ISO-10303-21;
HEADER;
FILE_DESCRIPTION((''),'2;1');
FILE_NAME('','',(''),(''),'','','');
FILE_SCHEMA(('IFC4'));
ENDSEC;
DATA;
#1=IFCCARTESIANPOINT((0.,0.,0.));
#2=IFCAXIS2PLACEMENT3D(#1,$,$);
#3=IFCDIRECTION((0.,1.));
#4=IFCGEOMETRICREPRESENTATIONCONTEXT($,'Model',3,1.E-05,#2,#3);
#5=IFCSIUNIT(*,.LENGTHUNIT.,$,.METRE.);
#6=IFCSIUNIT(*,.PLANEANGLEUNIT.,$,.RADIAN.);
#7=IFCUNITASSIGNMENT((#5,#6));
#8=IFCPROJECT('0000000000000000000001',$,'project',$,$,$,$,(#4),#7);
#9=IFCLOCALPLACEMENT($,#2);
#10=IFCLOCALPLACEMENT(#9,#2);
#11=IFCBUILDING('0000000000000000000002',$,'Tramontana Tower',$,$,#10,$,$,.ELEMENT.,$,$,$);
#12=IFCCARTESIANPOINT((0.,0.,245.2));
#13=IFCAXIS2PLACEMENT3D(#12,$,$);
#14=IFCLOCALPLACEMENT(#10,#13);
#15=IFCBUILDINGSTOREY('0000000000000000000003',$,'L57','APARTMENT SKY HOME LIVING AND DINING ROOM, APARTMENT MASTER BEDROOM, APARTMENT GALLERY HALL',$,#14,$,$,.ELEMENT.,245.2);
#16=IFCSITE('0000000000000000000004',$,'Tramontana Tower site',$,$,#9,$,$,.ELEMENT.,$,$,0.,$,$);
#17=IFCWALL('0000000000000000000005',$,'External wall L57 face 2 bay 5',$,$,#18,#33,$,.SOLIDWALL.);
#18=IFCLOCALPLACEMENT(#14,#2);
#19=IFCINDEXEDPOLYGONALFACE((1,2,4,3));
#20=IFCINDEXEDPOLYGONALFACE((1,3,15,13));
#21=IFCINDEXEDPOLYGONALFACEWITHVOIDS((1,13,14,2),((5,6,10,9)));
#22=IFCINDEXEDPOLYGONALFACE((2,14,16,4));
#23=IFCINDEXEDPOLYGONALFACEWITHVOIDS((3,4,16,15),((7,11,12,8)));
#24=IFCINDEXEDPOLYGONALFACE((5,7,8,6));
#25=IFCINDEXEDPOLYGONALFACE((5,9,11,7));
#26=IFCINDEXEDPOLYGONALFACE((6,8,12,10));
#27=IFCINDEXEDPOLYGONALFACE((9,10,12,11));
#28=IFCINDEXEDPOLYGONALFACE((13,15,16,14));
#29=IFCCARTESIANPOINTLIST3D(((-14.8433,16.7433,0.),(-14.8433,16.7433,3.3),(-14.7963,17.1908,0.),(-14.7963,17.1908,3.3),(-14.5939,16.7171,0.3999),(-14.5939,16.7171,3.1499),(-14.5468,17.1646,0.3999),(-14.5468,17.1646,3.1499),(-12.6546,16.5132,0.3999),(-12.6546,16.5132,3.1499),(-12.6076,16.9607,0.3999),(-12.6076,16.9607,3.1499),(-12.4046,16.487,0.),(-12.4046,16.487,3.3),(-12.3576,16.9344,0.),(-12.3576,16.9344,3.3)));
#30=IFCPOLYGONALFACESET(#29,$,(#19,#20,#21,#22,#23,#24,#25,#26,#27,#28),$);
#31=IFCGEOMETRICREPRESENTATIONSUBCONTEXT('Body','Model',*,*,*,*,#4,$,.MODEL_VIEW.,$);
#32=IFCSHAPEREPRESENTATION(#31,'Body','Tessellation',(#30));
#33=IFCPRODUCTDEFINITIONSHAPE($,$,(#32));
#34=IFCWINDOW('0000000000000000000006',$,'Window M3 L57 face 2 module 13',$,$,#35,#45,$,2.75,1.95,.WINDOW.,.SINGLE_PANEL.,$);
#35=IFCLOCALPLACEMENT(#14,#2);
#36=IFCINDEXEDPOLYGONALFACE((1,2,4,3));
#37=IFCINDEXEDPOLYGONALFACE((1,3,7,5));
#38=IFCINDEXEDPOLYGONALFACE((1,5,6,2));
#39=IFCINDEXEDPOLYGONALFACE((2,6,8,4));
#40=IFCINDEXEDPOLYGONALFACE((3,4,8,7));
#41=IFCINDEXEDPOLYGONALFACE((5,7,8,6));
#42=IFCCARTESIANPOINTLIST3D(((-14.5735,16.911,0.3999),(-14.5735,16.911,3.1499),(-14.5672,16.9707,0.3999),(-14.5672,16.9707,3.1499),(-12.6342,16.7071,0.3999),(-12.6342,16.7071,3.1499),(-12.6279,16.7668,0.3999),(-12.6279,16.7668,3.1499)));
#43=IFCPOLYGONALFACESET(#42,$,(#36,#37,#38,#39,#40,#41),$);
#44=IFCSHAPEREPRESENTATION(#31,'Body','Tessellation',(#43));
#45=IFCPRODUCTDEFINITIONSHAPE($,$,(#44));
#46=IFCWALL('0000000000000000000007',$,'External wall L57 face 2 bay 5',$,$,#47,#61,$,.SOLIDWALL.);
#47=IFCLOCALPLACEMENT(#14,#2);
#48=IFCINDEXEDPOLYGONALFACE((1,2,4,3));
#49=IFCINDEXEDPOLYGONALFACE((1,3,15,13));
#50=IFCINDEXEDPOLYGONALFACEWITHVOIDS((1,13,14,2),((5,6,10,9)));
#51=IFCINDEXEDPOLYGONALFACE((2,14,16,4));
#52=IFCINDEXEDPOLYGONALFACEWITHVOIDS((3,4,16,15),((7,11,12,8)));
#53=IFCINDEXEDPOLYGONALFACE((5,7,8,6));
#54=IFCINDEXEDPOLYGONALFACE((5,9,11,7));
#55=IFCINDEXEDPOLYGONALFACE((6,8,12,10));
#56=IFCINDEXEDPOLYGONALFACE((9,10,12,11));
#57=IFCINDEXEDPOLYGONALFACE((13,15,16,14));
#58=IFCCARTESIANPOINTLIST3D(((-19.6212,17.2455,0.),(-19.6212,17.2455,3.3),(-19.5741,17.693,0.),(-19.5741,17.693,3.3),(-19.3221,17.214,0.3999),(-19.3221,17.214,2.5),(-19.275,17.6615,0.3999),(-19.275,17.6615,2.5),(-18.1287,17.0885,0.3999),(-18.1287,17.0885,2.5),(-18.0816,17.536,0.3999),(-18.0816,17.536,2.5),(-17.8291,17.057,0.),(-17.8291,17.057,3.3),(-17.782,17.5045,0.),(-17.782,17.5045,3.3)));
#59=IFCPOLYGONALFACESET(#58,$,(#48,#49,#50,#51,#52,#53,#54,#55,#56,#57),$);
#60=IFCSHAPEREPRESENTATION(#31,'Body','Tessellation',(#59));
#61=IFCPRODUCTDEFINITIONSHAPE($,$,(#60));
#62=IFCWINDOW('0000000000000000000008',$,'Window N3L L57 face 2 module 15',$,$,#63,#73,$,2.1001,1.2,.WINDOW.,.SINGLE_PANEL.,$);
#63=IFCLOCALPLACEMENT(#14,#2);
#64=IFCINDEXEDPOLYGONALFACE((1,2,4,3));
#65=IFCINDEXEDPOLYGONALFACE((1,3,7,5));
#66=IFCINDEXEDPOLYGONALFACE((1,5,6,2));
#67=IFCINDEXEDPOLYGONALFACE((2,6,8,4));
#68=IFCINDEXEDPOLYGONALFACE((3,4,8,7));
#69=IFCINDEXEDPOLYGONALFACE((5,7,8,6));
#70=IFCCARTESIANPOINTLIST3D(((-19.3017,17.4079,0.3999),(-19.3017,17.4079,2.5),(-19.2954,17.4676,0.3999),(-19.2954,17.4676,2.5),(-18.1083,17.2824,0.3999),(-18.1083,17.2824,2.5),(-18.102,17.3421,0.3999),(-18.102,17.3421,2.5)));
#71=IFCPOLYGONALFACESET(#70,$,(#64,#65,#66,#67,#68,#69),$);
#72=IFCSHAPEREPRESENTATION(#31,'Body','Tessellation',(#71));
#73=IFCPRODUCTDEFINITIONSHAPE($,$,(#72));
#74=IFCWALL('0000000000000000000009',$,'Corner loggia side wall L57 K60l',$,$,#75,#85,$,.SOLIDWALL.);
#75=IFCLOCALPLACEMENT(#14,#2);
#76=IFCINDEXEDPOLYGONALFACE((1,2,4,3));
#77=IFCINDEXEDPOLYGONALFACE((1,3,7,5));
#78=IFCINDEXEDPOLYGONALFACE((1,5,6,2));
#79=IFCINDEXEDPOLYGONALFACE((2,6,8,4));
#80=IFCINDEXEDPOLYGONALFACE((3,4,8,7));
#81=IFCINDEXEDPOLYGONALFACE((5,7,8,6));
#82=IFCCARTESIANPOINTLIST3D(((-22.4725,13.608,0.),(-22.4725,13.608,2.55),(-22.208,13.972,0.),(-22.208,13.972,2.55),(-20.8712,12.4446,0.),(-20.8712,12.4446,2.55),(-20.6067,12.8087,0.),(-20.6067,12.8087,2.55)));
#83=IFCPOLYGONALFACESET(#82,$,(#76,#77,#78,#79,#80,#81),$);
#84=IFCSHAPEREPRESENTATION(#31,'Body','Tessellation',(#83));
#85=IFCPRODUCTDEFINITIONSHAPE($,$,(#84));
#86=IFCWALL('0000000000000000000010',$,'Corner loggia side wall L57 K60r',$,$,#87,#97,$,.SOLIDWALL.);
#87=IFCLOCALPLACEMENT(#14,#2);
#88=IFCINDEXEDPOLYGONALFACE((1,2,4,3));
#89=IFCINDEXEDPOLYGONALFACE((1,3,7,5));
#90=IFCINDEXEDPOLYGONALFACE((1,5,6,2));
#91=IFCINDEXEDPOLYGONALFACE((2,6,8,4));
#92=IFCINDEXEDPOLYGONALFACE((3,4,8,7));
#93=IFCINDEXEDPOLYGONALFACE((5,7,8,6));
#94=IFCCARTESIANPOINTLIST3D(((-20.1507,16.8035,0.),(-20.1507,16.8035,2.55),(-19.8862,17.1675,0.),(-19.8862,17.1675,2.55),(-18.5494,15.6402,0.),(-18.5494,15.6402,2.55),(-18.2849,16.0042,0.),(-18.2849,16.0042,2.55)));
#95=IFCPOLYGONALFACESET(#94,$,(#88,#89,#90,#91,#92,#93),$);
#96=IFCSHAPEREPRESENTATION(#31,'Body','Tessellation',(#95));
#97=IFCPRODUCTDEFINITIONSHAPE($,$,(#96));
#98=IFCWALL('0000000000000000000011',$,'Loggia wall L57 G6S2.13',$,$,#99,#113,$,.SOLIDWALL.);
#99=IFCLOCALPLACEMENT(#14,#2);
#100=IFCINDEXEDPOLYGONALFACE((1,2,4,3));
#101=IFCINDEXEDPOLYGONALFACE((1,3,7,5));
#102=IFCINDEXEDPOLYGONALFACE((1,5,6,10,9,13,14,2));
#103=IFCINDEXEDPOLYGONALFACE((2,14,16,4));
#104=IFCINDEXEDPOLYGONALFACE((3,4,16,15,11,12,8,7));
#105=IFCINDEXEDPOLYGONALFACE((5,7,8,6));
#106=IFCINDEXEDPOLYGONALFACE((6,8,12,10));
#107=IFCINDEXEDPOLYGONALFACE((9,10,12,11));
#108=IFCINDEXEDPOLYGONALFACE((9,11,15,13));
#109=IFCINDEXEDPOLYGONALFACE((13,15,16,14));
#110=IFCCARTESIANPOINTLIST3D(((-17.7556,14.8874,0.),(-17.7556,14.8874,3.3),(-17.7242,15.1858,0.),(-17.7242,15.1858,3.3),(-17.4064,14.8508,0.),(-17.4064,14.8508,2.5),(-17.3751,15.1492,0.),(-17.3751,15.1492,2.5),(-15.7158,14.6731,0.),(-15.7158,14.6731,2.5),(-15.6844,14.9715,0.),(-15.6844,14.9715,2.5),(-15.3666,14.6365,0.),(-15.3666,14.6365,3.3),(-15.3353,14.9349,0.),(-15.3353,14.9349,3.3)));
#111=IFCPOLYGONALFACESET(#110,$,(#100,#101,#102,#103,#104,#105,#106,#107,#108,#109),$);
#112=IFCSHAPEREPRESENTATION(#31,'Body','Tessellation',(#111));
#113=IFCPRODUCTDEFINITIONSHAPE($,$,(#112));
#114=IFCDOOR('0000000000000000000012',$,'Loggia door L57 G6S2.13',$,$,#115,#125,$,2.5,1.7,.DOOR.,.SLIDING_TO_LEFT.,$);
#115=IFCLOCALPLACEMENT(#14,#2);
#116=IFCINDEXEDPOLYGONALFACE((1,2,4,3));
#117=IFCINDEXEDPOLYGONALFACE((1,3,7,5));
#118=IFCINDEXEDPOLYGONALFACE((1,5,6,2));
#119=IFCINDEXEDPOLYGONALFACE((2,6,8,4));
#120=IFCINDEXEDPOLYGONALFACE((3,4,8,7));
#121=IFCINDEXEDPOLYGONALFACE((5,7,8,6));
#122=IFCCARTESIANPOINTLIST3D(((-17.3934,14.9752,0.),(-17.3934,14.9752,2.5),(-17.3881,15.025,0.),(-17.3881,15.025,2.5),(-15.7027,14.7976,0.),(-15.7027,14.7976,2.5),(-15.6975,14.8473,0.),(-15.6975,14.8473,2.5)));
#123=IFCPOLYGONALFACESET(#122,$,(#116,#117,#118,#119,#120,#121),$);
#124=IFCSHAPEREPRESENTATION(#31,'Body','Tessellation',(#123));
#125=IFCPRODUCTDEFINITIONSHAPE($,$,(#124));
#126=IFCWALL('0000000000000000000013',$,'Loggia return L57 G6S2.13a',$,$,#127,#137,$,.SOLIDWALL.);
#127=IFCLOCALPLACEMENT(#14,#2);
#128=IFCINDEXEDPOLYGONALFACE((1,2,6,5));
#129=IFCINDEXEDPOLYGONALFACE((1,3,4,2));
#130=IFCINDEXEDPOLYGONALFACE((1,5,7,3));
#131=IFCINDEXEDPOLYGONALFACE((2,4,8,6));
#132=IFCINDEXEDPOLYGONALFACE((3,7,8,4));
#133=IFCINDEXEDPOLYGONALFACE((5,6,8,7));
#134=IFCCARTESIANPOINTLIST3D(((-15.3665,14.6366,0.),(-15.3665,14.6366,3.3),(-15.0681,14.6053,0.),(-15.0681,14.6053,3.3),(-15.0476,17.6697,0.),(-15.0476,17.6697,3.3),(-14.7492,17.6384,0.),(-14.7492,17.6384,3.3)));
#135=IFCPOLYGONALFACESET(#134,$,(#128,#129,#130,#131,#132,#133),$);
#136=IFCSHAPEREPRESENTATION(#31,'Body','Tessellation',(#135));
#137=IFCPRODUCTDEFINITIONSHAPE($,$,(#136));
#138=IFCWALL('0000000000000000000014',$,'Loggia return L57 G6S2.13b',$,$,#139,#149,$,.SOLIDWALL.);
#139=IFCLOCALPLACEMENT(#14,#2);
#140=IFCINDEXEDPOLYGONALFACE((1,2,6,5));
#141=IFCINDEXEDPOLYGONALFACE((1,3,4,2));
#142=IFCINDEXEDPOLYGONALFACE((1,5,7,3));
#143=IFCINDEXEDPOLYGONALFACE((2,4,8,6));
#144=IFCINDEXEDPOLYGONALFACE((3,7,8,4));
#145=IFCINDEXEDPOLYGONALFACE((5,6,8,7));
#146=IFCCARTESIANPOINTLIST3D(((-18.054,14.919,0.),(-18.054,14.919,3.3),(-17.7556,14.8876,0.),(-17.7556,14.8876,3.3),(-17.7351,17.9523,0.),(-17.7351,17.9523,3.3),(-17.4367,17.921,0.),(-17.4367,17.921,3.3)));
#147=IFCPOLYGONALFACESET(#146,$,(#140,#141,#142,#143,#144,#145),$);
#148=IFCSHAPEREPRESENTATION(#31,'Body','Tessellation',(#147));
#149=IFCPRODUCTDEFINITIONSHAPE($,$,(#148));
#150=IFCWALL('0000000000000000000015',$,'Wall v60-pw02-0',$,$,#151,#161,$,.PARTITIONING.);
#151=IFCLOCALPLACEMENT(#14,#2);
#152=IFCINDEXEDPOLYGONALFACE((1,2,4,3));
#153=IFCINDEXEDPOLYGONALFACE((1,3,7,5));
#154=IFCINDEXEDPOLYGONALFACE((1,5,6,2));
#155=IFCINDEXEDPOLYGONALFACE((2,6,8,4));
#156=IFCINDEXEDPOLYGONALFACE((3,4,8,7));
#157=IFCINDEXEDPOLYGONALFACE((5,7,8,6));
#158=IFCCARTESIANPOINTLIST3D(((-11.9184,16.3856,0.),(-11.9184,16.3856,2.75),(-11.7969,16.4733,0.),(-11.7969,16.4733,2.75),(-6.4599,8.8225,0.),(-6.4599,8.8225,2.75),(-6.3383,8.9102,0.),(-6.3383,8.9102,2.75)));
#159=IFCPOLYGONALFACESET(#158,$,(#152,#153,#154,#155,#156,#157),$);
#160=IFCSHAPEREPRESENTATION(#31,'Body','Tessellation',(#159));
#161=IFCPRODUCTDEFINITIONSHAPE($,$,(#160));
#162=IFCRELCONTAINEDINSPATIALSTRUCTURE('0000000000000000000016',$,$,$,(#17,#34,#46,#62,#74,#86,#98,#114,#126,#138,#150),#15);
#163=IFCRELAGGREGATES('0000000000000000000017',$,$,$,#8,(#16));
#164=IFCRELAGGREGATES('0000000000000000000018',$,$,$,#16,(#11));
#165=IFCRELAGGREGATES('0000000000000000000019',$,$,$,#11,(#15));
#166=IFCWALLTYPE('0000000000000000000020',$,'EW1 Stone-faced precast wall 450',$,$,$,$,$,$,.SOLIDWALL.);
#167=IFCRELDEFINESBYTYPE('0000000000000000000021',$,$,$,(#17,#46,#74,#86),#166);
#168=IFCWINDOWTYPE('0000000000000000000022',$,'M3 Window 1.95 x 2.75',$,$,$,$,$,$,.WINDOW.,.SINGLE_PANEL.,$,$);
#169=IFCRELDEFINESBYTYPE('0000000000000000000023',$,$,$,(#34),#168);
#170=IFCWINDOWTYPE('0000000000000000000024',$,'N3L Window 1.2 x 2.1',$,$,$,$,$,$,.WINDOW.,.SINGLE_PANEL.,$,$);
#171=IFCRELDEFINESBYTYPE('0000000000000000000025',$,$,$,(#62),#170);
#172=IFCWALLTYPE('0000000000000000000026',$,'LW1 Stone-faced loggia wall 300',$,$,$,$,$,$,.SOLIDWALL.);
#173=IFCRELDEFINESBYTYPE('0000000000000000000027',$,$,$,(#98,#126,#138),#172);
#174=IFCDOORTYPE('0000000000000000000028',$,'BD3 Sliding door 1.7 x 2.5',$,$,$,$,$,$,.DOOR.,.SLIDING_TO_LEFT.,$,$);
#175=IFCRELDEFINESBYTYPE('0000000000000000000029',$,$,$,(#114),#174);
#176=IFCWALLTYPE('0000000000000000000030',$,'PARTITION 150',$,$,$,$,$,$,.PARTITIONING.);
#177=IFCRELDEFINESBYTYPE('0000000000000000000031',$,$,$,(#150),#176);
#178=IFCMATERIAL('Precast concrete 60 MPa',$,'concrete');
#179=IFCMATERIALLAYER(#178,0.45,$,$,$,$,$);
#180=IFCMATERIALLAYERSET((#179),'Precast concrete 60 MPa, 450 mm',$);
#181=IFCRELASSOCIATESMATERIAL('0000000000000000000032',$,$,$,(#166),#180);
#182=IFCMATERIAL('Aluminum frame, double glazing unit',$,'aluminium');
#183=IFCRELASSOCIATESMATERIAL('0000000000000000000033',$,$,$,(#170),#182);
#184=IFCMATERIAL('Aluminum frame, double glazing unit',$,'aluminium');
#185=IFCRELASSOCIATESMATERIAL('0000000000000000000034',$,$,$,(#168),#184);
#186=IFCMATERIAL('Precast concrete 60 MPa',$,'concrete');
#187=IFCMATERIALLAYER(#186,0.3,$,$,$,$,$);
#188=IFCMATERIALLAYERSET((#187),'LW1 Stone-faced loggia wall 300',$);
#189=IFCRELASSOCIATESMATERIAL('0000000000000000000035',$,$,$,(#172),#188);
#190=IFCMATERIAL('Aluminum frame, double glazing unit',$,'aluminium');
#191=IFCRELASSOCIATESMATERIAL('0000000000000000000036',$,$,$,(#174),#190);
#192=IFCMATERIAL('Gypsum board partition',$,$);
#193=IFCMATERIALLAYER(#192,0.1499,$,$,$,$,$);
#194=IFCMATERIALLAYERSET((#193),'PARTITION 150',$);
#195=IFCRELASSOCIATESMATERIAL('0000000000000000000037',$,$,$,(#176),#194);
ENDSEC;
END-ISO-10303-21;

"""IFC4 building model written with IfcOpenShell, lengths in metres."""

from ifc_helpers import new_model, si_unit, direction, frame, frame_2d, origin, place, context, subcontext, project, spatial, rectangle, extrude, material, layer, layer_set, type_object, element, fill, save


model = new_model("IFC4")

# Units and contexts
model_context = context("Model", 3, precision=1e-05, world=origin(), true_north=direction((0.0, 1.0)))
body_context = subcontext(model_context, "Body", "Model", "MODEL_VIEW")
ifc_project = project(units=[si_unit("LENGTHUNIT", "METRE"), si_unit("PLANEANGLEUNIT", "RADIAN")], contexts=[model_context])

# Site, building, storey
site_placement = place(None, origin())
site = spatial("IfcSite", under=ifc_project, at=site_placement, Name="Tramontana Tower site", CompositionType="ELEMENT", RefElevation=0.0)
building_placement = place(site_placement, origin())
building = spatial("IfcBuilding", under=site, at=building_placement, Name="Tramontana Tower", CompositionType="ELEMENT")
storey_placement = place(building_placement, frame((0.0, 0.0, 245.2)))
storey = spatial("IfcBuildingStorey", under=building, at=storey_placement, Name="L57", Description="APARTMENT SKY HOME LIVING AND DINING ROOM, APARTMENT MASTER BEDROOM, APARTMENT GALLERY HALL", CompositionType="ELEMENT", Elevation=245.2)

# Walls, openings, windows
ifc_material_1 = material(Name="Precast concrete 60 MPa", Category="concrete")
ifc_layer_1 = layer(ifc_material_1, 0.45)
ifc_layer_set_1 = layer_set([ifc_layer_1], Name="Precast concrete 60 MPa, 450 mm")
wall_type_1 = type_object("IfcWallType", Name="EW1 Stone-faced precast wall 450", PredefinedType="SOLIDWALL", material=ifc_layer_set_1)
ifc_material_2 = material(Name="Aluminum frame, double glazing unit", Category="aluminium")
window_type_1 = type_object("IfcWindowType", Name="N3L Window 1.2 x 2.1", PartitioningType="SINGLE_PANEL", PredefinedType="WINDOW", material=ifc_material_2)
wall_1_placement = place(storey_placement, frame((-12.3811, 16.7107, 0.0), z_axis=(0.0, 0.0, 1.0), x_axis=(-0.994521, 0.10454, 0.0)))
wall_1 = element("IfcWall", 1, at=wall_1_placement, inside=storey, type_object=wall_type_1, Name="External wall L57 face 2 bay 5", PredefinedType="SOLIDWALL", context=body_context, shape_type="SweptSolid", body=[
    extrude(rectangle(XDim=2.4521, YDim=0.45, at=frame_2d((1.2261, 0.0))), origin(), (0.0, 0.0, 1.0), 3.3),
])
opening_1_placement = place(wall_1_placement, frame((0.2512, 0.0, 0.3999)))
opening_1 = element("IfcOpeningElement", 2, at=opening_1_placement, cuts=wall_1, PredefinedType="OPENING", context=body_context, shape_type="SweptSolid", body=[
    extrude(rectangle(XDim=1.95, YDim=2.75, at=frame_2d((0.9751, 1.375))), frame((0.0, 0.2349, 0.0), z_axis=(0.0, -1.0, 0.0), x_axis=(1.0, 0.0, 0.0)), (0.0, 0.0, 1.0), 0.47),
])
ifc_material_3 = material(Name="Aluminum frame, double glazing unit", Category="aluminium")
window_type_2 = type_object("IfcWindowType", Name="M3 Window 1.95 x 2.75", PartitioningType="SINGLE_PANEL", PredefinedType="WINDOW", material=ifc_material_3)
window_1_placement = place(opening_1_placement, origin())
window_1 = element("IfcWindow", 3, at=window_1_placement, inside=storey, type_object=window_type_2, Name="Window M3 L57 face 2 module 13", OverallHeight=2.75, OverallWidth=1.95, PartitioningType="SINGLE_PANEL", PredefinedType="WINDOW", context=body_context, shape_type="SweptSolid", body=[
    extrude(rectangle(XDim=1.95, YDim=2.75, at=frame_2d((0.9751, 1.375))), frame((0.0, 0.03, 0.0), z_axis=(0.0, -1.0, 0.0), x_axis=(1.0, 0.0, 0.0)), (0.0, 0.0, 1.0), 0.0601),
])
fill(opening_1, window_1)
wall_2_placement = place(storey_placement, frame((-17.8057, 17.2808, 0.0), z_axis=(0.0, 0.0, 1.0), x_axis=(-0.994516, 0.104586, 0.0)))
wall_2 = element("IfcWall", 4, at=wall_2_placement, inside=storey, type_object=wall_type_1, Name="External wall L57 face 2 bay 5", PredefinedType="SOLIDWALL", context=body_context, shape_type="SweptSolid", body=[
    extrude(rectangle(XDim=1.802, YDim=0.45, at=frame_2d((0.9009, 0.0))), origin(), (0.0, 0.0, 1.0), 3.3),
])
opening_2_placement = place(wall_2_placement, frame((0.301, 0.0, 0.3999)))
opening_2 = element("IfcOpeningElement", 5, at=opening_2_placement, cuts=wall_2, PredefinedType="OPENING", context=body_context, shape_type="SweptSolid", body=[
    extrude(rectangle(XDim=1.2, YDim=2.1001, at=frame_2d((0.6001, 1.05))), frame((0.0, 0.2349, 0.0), z_axis=(0.0, -1.0, 0.0), x_axis=(1.0, 0.0, 0.0)), (0.0, 0.0, 1.0), 0.47),
])
window_2_placement = place(opening_2_placement, origin())
window_2 = element("IfcWindow", 6, at=window_2_placement, inside=storey, type_object=window_type_1, Name="Window N3L L57 face 2 module 15", OverallHeight=2.1001, OverallWidth=1.2, PartitioningType="SINGLE_PANEL", PredefinedType="WINDOW", context=body_context, shape_type="SweptSolid", body=[
    extrude(rectangle(XDim=1.2, YDim=2.1001, at=frame_2d((0.6001, 1.05))), frame((0.0, 0.03, 0.0), z_axis=(0.0, -1.0, 0.0), x_axis=(1.0, 0.0, 0.0)), (0.0, 0.0, 1.0), 0.0601),
])
fill(opening_2, window_2)

# Walls
for number, where, z_axis, x_axis, name in (
    (7, (-22.3403, 13.79, 0.0), (0.0, 0.0, 1.0), (0.80904, -0.587754, 0.0), "Corner loggia side wall L57 K60l"),
    (8, (-20.0186, 16.9856, 0.0), (0.0, 0.0, 1.0), (0.80904, -0.587754, 0.0), "Corner loggia side wall L57 K60r"),
):
    element("IfcWall", number, at=place(storey_placement, frame(where, z_axis=z_axis, x_axis=x_axis)), inside=storey, type_object=wall_type_1, Name=name, PredefinedType="SOLIDWALL", context=body_context, shape_type="SweptSolid", body=[
        extrude(rectangle(XDim=1.9792, YDim=0.45, at=frame_2d((0.9897, 0.0))), origin(), (0.0, 0.0, 1.0), 2.55),
    ])

# Wall, opening, door
ifc_material_4 = material(Name="Precast concrete 60 MPa", Category="concrete")
ifc_layer_2 = layer(ifc_material_4, 0.3)
ifc_layer_set_2 = layer_set([ifc_layer_2], Name="LW1 Stone-faced loggia wall 300")
wall_type_2 = type_object("IfcWallType", Name="LW1 Stone-faced loggia wall 300", PredefinedType="SOLIDWALL", material=ifc_layer_set_2)
wall_3_placement = place(storey_placement, frame((-15.3508, 14.7856, 0.0), z_axis=(0.0, 0.0, 1.0), x_axis=(-0.994527, 0.104484, 0.0)))
wall_3 = element("IfcWall", 9, at=wall_3_placement, inside=storey, type_object=wall_type_2, Name="Loggia wall L57 G6S2.13", PredefinedType="SOLIDWALL", context=body_context, shape_type="SweptSolid", body=[
    extrude(rectangle(XDim=2.4021, YDim=0.3, at=frame_2d((1.2012, 0.0))), origin(), (0.0, 0.0, 1.0), 3.3),
])
opening_3_placement = place(wall_3_placement, frame((0.3511, 0.0, 0.0)))
opening_3 = element("IfcOpeningElement", 10, at=opening_3_placement, cuts=wall_3, PredefinedType="OPENING", context=body_context, shape_type="SweptSolid", body=[
    extrude(rectangle(XDim=1.7, YDim=2.5, at=frame_2d((0.8501, 1.25))), frame((0.0, 0.1599, 0.0), z_axis=(0.0, -1.0, 0.0), x_axis=(1.0, 0.0, 0.0)), (0.0, 0.0, 1.0), 0.3201),
])
ifc_material_5 = material(Name="Aluminum frame, double glazing unit", Category="aluminium")
door_type = type_object("IfcDoorType", Name="BD3 Sliding door 1.7 x 2.5", OperationType="SLIDING_TO_LEFT", PredefinedType="DOOR", material=ifc_material_5)
door_placement = place(opening_3_placement, origin())
door = element("IfcDoor", 11, at=door_placement, inside=storey, type_object=door_type, Name="Loggia door L57 G6S2.13", OperationType="SLIDING_TO_LEFT", OverallHeight=2.5, OverallWidth=1.7, PredefinedType="DOOR", context=body_context, shape_type="SweptSolid", body=[
    extrude(rectangle(XDim=1.7, YDim=2.5, at=frame_2d((0.8501, 1.25))), frame((0.0, 0.0249, 0.0), z_axis=(0.0, -1.0, 0.0), x_axis=(1.0, 0.0, 0.0)), (0.0, 0.0, 1.0), 0.05),
])
fill(opening_3, door)

# Walls
wall_4_placement = place(storey_placement, frame((-14.8984, 17.6541, 0.0), z_axis=(0.0, 0.0, 1.0), x_axis=(-0.104543, -0.99452, 0.0)))
element("IfcWall", 12, at=wall_4_placement, inside=storey, type_object=wall_type_2, Name="Loggia return L57 G6S2.13a", PredefinedType="SOLIDWALL", context=body_context, shape_type="SweptSolid", body=[
    extrude(rectangle(XDim=3.0498, YDim=0.3, at=frame_2d((1.5249, 0.0))), origin(), (0.0, 0.0, 1.0), 3.3),
])
wall_5_placement = place(storey_placement, frame((-17.5859, 17.9365, 0.0), z_axis=(0.0, 0.0, 1.0), x_axis=(-0.104535, -0.994521, 0.0)))
element("IfcWall", 13, at=wall_5_placement, inside=storey, type_object=wall_type_2, Name="Loggia return L57 G6S2.13b", PredefinedType="SOLIDWALL", context=body_context, shape_type="SweptSolid", body=[
    extrude(rectangle(XDim=3.05, YDim=0.3, at=frame_2d((1.5249, 0.0))), origin(), (0.0, 0.0, 1.0), 3.3),
])
ifc_material_6 = material(Name="Gypsum board partition")
ifc_layer_3 = layer(ifc_material_6, 0.1499)
ifc_layer_set_3 = layer_set([ifc_layer_3], Name="PARTITION 150")
wall_type_3 = type_object("IfcWallType", Name="PARTITION 150", PredefinedType="PARTITIONING", material=ifc_layer_set_3)
wall_6_placement = place(storey_placement, frame((-11.8577, 16.4294, 0.0), z_axis=(0.0, 0.0, 1.0), x_axis=(0.585232, -0.810866, 0.0)))
element("IfcWall", 14, at=wall_6_placement, inside=storey, type_object=wall_type_3, Name="Wall v60-pw02-0", PredefinedType="PARTITIONING", context=body_context, shape_type="SweptSolid", body=[
    extrude(rectangle(XDim=9.3271, YDim=0.1499, at=frame_2d((4.6636, 0.0))), origin(), (0.0, 0.0, 1.0), 2.75),
])

save(model, "model.ifc")
